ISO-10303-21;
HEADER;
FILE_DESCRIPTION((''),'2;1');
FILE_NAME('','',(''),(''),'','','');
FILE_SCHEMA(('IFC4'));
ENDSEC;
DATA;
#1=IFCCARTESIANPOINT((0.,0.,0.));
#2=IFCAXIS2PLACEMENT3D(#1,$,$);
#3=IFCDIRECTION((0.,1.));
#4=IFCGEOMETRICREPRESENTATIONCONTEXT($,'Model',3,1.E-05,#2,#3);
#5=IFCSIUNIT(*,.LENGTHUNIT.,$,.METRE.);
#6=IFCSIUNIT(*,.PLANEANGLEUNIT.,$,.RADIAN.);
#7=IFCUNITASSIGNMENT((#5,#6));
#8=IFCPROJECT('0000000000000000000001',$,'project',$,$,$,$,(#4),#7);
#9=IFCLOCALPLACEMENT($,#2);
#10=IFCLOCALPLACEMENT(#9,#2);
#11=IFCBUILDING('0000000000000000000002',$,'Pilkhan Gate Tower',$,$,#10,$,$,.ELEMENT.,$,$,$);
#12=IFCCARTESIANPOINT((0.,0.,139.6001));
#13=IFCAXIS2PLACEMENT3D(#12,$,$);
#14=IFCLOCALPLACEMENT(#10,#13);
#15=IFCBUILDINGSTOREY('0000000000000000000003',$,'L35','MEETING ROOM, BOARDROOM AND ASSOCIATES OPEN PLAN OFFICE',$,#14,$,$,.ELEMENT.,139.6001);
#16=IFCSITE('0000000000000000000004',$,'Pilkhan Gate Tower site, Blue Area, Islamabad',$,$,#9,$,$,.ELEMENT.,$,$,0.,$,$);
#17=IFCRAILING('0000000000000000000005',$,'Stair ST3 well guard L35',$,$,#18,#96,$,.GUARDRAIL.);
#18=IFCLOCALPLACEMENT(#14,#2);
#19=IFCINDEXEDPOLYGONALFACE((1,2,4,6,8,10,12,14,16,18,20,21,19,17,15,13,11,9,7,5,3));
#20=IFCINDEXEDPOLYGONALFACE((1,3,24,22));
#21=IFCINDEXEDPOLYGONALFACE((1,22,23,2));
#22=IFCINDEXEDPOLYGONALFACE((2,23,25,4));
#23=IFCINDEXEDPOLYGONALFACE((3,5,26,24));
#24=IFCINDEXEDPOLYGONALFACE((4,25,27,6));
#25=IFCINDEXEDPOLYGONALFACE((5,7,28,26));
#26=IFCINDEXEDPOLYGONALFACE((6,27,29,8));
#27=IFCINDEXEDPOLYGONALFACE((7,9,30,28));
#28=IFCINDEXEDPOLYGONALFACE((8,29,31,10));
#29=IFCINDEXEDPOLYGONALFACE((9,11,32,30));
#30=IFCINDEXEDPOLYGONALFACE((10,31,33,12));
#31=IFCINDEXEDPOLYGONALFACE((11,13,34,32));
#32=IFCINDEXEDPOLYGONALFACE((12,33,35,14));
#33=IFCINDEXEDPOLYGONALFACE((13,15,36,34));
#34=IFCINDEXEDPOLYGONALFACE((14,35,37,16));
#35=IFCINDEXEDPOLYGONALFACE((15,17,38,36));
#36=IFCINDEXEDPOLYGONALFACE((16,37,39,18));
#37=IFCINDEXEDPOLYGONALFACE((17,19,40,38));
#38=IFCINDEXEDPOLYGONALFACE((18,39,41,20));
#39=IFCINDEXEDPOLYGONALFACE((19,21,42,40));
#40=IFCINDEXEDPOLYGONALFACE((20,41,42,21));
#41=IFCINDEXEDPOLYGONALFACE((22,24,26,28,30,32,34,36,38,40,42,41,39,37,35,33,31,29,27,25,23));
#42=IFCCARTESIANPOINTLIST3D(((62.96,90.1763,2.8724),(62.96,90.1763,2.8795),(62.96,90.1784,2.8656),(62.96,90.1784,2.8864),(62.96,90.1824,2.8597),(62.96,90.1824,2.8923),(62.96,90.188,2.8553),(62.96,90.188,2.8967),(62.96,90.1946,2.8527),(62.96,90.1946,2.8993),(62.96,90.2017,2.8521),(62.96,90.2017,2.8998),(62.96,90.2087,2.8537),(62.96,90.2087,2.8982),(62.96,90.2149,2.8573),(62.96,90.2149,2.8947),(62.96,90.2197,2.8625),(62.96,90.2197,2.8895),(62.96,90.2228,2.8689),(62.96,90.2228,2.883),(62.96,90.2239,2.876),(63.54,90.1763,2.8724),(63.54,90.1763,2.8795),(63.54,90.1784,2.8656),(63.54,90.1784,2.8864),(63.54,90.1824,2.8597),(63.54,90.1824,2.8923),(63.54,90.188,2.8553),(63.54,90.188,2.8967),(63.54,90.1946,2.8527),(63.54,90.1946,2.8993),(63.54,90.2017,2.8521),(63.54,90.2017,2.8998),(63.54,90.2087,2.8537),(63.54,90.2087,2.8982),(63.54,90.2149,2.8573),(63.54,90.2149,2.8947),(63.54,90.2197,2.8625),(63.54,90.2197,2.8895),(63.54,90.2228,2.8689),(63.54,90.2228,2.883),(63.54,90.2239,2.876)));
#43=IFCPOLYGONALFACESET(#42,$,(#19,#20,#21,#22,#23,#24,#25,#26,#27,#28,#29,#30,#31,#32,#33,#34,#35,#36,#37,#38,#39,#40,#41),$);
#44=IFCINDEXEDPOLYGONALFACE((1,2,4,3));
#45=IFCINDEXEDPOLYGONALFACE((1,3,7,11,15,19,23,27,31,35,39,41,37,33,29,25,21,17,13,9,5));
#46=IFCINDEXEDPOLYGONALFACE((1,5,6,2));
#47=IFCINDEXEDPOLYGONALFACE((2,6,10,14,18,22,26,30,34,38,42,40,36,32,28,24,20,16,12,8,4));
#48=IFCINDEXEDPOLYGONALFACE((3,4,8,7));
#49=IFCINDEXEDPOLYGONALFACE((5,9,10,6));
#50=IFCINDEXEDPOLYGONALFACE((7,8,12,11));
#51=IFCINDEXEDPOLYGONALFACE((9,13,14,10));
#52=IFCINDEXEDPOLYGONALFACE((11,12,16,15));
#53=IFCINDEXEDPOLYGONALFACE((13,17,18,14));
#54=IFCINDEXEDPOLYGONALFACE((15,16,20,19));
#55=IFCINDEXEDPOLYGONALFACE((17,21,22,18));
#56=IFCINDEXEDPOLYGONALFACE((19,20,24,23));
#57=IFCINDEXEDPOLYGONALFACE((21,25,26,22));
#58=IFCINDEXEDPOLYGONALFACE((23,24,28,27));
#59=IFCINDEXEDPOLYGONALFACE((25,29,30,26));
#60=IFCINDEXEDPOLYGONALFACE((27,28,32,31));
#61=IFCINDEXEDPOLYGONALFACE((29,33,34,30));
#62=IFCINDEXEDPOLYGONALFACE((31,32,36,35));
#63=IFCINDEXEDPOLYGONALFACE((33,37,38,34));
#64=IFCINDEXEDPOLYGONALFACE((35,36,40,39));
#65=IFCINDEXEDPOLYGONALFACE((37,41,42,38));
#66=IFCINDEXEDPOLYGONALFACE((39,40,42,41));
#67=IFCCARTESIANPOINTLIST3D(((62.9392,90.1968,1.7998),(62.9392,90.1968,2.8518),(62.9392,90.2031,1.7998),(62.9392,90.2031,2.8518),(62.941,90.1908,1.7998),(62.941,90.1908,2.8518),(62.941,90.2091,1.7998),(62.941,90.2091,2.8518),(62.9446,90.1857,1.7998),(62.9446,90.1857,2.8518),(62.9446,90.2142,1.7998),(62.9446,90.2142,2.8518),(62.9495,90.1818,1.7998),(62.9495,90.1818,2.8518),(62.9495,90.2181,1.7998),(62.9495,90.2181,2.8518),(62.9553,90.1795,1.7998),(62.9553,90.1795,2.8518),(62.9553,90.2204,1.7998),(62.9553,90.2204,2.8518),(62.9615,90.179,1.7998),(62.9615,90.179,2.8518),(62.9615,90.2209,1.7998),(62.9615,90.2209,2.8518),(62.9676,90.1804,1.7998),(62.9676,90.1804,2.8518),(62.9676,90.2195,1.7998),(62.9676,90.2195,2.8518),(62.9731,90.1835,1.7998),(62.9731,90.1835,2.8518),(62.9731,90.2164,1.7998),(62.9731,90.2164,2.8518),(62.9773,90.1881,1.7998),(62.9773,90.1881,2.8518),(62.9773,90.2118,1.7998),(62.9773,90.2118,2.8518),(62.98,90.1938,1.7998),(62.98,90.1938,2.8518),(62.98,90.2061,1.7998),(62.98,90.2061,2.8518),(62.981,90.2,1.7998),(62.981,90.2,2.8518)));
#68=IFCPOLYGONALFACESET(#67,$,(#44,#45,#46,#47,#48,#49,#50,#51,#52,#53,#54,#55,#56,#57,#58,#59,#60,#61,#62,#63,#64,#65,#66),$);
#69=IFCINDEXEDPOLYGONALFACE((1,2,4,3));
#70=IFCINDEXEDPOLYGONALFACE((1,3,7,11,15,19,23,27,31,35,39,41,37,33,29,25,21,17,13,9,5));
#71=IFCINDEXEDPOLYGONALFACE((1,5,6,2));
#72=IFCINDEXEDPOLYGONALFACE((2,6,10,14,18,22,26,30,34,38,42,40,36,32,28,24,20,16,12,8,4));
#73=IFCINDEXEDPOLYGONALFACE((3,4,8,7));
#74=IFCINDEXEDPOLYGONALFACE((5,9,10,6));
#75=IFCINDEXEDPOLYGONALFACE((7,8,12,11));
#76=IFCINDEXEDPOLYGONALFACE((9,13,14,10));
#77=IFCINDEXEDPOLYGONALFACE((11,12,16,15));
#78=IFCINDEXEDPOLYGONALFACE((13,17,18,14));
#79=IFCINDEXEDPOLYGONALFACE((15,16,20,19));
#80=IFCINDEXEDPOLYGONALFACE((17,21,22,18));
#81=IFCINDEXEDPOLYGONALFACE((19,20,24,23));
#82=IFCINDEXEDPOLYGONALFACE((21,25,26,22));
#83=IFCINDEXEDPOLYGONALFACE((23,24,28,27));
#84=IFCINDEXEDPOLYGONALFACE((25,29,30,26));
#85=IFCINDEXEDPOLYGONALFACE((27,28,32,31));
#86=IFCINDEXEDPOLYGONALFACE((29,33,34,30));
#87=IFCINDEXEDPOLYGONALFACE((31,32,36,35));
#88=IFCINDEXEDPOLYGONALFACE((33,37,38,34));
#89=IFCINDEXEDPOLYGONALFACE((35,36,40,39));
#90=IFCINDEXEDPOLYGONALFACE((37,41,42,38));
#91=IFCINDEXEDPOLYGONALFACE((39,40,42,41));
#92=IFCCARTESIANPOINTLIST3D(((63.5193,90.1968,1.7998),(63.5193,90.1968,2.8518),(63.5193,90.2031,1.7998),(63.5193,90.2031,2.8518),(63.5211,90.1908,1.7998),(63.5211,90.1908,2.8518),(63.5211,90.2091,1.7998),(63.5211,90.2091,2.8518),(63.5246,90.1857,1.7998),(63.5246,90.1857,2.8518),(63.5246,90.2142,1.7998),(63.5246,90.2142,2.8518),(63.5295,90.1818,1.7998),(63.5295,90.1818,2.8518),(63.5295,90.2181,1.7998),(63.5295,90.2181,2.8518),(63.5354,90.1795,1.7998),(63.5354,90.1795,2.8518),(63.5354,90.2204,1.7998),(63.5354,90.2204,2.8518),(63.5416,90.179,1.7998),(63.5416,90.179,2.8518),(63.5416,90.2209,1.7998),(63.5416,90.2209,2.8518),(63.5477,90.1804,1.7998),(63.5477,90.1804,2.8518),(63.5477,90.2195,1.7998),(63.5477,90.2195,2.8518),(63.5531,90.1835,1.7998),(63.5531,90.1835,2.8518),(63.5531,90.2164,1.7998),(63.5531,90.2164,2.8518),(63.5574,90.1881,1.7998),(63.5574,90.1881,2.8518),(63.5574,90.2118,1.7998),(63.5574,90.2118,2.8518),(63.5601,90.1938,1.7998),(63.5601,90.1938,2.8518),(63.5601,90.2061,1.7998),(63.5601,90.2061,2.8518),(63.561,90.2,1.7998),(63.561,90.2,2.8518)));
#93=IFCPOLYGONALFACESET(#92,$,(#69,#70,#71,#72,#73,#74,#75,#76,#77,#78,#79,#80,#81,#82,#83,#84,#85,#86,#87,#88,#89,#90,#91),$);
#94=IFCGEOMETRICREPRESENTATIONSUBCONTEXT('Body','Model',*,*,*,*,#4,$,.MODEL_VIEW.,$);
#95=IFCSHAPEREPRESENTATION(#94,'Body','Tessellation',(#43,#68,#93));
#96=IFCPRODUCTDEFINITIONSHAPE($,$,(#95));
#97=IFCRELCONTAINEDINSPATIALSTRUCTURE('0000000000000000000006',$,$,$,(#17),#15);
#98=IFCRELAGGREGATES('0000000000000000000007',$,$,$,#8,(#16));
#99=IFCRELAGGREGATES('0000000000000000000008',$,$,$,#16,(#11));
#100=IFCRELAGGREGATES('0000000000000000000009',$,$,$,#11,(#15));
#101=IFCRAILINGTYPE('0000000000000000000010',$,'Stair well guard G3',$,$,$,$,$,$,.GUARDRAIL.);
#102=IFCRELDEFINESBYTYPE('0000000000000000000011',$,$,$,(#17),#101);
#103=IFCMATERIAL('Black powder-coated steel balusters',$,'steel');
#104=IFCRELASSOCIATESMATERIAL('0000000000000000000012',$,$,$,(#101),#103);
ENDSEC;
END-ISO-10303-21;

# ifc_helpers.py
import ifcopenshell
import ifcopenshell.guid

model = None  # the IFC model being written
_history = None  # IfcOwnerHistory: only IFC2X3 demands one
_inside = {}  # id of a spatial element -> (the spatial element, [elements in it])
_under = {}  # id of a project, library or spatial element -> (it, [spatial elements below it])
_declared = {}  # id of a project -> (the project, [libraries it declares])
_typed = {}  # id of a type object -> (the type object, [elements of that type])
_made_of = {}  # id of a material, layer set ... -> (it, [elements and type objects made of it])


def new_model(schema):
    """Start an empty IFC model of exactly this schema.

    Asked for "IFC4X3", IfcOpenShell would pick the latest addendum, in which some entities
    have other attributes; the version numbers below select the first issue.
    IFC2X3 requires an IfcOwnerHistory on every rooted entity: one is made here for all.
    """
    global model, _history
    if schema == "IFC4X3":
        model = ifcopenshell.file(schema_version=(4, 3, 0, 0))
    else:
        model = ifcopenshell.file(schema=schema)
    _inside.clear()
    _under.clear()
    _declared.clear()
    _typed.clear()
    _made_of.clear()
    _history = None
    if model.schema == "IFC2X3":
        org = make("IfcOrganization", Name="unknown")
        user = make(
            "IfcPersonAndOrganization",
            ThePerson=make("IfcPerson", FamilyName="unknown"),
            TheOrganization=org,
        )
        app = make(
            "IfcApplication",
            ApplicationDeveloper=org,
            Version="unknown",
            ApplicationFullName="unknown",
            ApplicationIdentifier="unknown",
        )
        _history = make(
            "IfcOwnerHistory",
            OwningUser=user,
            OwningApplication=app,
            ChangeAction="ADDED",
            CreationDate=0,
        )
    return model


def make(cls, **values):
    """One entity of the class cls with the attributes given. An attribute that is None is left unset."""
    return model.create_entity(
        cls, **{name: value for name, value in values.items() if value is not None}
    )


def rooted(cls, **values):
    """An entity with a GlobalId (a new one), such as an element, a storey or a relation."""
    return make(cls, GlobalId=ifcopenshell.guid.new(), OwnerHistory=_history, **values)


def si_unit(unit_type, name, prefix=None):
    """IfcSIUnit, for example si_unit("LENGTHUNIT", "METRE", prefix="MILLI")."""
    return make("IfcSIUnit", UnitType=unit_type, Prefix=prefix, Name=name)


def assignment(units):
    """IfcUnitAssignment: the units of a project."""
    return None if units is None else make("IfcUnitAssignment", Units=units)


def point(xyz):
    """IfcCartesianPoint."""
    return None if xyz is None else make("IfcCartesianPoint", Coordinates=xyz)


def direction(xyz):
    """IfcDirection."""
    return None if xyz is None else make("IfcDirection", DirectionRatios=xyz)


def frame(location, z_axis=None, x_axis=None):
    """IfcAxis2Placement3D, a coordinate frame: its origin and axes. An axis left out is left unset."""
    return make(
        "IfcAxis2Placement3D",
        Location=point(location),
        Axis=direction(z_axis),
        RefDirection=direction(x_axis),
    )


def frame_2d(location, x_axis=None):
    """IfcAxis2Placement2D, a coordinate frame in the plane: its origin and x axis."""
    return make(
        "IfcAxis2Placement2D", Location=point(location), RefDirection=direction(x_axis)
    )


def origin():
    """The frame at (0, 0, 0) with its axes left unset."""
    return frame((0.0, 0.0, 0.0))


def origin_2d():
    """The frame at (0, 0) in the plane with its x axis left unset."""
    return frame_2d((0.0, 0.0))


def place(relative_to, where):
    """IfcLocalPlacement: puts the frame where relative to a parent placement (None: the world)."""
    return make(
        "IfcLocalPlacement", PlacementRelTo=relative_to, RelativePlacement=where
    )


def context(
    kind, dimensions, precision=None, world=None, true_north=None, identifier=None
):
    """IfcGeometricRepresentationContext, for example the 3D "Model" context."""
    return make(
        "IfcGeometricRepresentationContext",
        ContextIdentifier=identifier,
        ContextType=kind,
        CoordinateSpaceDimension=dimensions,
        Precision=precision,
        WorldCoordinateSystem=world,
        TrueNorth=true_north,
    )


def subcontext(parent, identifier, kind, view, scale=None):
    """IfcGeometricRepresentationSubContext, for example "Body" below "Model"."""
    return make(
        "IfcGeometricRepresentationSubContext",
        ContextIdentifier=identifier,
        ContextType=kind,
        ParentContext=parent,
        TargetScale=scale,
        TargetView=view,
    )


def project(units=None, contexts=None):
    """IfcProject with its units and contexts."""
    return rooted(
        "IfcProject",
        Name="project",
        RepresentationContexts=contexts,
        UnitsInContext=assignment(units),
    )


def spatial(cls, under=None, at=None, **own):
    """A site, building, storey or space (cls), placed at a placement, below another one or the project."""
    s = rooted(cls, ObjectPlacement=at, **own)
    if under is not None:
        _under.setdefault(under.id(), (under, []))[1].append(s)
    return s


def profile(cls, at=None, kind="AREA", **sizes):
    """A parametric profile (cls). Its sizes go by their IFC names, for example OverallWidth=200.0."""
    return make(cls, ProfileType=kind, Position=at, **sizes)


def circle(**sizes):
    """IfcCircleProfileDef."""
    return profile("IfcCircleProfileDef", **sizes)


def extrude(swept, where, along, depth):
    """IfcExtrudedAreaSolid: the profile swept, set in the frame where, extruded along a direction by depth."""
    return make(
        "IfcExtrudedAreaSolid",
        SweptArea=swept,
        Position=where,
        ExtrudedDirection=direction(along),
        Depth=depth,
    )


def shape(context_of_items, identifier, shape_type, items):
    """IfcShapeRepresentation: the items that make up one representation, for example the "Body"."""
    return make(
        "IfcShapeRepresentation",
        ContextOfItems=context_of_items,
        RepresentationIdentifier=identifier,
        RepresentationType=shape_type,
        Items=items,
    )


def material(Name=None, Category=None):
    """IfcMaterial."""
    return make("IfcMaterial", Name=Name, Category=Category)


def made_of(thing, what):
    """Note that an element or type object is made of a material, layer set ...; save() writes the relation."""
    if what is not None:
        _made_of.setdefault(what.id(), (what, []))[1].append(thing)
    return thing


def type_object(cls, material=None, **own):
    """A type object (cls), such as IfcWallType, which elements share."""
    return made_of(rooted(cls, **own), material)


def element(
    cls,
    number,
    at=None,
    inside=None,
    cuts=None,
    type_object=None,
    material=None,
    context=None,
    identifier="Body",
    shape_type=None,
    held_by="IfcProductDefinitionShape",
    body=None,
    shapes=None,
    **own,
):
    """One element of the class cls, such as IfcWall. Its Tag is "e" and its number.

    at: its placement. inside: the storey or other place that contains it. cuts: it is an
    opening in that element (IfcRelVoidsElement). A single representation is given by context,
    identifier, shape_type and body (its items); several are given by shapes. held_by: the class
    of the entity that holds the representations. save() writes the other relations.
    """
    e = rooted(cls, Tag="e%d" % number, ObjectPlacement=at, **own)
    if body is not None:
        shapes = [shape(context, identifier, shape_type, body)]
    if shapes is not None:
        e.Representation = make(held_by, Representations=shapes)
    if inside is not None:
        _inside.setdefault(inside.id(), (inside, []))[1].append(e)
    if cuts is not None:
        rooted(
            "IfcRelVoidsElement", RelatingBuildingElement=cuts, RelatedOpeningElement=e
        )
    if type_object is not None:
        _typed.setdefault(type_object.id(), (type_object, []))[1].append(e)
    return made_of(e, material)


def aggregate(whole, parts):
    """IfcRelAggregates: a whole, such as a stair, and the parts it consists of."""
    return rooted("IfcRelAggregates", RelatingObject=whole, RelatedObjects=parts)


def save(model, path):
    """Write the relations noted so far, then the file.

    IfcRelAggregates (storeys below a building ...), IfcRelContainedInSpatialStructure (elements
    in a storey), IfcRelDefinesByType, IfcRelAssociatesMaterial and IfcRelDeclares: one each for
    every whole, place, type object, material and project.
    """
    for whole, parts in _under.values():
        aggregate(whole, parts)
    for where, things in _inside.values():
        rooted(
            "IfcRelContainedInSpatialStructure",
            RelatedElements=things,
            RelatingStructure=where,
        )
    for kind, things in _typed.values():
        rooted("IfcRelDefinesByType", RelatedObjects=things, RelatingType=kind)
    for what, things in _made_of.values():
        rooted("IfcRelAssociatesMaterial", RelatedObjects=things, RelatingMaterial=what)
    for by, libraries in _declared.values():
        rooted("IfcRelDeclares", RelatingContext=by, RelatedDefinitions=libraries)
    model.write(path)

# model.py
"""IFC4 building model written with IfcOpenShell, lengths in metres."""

from ifc_helpers import new_model, si_unit, direction, frame, origin, origin_2d, place, context, subcontext, project, spatial, circle, extrude, material, type_object, element, save


model = new_model("IFC4")

# Units and contexts
model_context = context("Model", 3, precision=1e-05, world=origin(), true_north=direction((0.0, 1.0)))
body_context = subcontext(model_context, "Body", "Model", "MODEL_VIEW")
ifc_project = project(units=[si_unit("LENGTHUNIT", "METRE"), si_unit("PLANEANGLEUNIT", "RADIAN")], contexts=[model_context])

# Site, building, storey
site_placement = place(None, origin())
site = spatial("IfcSite", under=ifc_project, at=site_placement, Name="Pilkhan Gate Tower site, Blue Area, Islamabad", CompositionType="ELEMENT", RefElevation=0.0)
building_placement = place(site_placement, origin())
building = spatial("IfcBuilding", under=site, at=building_placement, Name="Pilkhan Gate Tower", CompositionType="ELEMENT")
storey_placement = place(building_placement, frame((0.0, 0.0, 139.6001)))
storey = spatial("IfcBuildingStorey", under=building, at=storey_placement, Name="L35", Description="MEETING ROOM, BOARDROOM AND ASSOCIATES OPEN PLAN OFFICE", CompositionType="ELEMENT", Elevation=139.6001)

# Railing
ifc_material_1 = material(Name="Black powder-coated steel balusters", Category="steel")
railing_type_1 = type_object("IfcRailingType", Name="Stair well guard G3", PredefinedType="GUARDRAIL", material=ifc_material_1)
for number, where, name in (
    (1, (62.96, 90.2, 1.7998), "Stair ST3 well guard L35"),
):
    element("IfcRailing", number, at=place(storey_placement, frame(where)), inside=storey, type_object=railing_type_1, Name=name, PredefinedType="GUARDRAIL", context=body_context, shape_type="SweptSolid", body=[
        extrude(circle(Radius=0.0239, at=origin_2d()), frame((0.0, 0.0, 1.0762), z_axis=(1.0, 0.0, 0.0), x_axis=(0.0, 1.0, 0.0)), (0.0, 0.0, 1.0), 0.5801),
        extrude(circle(Radius=0.021, at=origin_2d()), origin(), (0.0, 0.0, 1.0), 1.052),
        extrude(circle(Radius=0.021, at=origin_2d()), frame((0.5801, 0.0, 0.0)), (0.0, 0.0, 1.0), 1.052),
    ])

save(model, "model.ifc")
